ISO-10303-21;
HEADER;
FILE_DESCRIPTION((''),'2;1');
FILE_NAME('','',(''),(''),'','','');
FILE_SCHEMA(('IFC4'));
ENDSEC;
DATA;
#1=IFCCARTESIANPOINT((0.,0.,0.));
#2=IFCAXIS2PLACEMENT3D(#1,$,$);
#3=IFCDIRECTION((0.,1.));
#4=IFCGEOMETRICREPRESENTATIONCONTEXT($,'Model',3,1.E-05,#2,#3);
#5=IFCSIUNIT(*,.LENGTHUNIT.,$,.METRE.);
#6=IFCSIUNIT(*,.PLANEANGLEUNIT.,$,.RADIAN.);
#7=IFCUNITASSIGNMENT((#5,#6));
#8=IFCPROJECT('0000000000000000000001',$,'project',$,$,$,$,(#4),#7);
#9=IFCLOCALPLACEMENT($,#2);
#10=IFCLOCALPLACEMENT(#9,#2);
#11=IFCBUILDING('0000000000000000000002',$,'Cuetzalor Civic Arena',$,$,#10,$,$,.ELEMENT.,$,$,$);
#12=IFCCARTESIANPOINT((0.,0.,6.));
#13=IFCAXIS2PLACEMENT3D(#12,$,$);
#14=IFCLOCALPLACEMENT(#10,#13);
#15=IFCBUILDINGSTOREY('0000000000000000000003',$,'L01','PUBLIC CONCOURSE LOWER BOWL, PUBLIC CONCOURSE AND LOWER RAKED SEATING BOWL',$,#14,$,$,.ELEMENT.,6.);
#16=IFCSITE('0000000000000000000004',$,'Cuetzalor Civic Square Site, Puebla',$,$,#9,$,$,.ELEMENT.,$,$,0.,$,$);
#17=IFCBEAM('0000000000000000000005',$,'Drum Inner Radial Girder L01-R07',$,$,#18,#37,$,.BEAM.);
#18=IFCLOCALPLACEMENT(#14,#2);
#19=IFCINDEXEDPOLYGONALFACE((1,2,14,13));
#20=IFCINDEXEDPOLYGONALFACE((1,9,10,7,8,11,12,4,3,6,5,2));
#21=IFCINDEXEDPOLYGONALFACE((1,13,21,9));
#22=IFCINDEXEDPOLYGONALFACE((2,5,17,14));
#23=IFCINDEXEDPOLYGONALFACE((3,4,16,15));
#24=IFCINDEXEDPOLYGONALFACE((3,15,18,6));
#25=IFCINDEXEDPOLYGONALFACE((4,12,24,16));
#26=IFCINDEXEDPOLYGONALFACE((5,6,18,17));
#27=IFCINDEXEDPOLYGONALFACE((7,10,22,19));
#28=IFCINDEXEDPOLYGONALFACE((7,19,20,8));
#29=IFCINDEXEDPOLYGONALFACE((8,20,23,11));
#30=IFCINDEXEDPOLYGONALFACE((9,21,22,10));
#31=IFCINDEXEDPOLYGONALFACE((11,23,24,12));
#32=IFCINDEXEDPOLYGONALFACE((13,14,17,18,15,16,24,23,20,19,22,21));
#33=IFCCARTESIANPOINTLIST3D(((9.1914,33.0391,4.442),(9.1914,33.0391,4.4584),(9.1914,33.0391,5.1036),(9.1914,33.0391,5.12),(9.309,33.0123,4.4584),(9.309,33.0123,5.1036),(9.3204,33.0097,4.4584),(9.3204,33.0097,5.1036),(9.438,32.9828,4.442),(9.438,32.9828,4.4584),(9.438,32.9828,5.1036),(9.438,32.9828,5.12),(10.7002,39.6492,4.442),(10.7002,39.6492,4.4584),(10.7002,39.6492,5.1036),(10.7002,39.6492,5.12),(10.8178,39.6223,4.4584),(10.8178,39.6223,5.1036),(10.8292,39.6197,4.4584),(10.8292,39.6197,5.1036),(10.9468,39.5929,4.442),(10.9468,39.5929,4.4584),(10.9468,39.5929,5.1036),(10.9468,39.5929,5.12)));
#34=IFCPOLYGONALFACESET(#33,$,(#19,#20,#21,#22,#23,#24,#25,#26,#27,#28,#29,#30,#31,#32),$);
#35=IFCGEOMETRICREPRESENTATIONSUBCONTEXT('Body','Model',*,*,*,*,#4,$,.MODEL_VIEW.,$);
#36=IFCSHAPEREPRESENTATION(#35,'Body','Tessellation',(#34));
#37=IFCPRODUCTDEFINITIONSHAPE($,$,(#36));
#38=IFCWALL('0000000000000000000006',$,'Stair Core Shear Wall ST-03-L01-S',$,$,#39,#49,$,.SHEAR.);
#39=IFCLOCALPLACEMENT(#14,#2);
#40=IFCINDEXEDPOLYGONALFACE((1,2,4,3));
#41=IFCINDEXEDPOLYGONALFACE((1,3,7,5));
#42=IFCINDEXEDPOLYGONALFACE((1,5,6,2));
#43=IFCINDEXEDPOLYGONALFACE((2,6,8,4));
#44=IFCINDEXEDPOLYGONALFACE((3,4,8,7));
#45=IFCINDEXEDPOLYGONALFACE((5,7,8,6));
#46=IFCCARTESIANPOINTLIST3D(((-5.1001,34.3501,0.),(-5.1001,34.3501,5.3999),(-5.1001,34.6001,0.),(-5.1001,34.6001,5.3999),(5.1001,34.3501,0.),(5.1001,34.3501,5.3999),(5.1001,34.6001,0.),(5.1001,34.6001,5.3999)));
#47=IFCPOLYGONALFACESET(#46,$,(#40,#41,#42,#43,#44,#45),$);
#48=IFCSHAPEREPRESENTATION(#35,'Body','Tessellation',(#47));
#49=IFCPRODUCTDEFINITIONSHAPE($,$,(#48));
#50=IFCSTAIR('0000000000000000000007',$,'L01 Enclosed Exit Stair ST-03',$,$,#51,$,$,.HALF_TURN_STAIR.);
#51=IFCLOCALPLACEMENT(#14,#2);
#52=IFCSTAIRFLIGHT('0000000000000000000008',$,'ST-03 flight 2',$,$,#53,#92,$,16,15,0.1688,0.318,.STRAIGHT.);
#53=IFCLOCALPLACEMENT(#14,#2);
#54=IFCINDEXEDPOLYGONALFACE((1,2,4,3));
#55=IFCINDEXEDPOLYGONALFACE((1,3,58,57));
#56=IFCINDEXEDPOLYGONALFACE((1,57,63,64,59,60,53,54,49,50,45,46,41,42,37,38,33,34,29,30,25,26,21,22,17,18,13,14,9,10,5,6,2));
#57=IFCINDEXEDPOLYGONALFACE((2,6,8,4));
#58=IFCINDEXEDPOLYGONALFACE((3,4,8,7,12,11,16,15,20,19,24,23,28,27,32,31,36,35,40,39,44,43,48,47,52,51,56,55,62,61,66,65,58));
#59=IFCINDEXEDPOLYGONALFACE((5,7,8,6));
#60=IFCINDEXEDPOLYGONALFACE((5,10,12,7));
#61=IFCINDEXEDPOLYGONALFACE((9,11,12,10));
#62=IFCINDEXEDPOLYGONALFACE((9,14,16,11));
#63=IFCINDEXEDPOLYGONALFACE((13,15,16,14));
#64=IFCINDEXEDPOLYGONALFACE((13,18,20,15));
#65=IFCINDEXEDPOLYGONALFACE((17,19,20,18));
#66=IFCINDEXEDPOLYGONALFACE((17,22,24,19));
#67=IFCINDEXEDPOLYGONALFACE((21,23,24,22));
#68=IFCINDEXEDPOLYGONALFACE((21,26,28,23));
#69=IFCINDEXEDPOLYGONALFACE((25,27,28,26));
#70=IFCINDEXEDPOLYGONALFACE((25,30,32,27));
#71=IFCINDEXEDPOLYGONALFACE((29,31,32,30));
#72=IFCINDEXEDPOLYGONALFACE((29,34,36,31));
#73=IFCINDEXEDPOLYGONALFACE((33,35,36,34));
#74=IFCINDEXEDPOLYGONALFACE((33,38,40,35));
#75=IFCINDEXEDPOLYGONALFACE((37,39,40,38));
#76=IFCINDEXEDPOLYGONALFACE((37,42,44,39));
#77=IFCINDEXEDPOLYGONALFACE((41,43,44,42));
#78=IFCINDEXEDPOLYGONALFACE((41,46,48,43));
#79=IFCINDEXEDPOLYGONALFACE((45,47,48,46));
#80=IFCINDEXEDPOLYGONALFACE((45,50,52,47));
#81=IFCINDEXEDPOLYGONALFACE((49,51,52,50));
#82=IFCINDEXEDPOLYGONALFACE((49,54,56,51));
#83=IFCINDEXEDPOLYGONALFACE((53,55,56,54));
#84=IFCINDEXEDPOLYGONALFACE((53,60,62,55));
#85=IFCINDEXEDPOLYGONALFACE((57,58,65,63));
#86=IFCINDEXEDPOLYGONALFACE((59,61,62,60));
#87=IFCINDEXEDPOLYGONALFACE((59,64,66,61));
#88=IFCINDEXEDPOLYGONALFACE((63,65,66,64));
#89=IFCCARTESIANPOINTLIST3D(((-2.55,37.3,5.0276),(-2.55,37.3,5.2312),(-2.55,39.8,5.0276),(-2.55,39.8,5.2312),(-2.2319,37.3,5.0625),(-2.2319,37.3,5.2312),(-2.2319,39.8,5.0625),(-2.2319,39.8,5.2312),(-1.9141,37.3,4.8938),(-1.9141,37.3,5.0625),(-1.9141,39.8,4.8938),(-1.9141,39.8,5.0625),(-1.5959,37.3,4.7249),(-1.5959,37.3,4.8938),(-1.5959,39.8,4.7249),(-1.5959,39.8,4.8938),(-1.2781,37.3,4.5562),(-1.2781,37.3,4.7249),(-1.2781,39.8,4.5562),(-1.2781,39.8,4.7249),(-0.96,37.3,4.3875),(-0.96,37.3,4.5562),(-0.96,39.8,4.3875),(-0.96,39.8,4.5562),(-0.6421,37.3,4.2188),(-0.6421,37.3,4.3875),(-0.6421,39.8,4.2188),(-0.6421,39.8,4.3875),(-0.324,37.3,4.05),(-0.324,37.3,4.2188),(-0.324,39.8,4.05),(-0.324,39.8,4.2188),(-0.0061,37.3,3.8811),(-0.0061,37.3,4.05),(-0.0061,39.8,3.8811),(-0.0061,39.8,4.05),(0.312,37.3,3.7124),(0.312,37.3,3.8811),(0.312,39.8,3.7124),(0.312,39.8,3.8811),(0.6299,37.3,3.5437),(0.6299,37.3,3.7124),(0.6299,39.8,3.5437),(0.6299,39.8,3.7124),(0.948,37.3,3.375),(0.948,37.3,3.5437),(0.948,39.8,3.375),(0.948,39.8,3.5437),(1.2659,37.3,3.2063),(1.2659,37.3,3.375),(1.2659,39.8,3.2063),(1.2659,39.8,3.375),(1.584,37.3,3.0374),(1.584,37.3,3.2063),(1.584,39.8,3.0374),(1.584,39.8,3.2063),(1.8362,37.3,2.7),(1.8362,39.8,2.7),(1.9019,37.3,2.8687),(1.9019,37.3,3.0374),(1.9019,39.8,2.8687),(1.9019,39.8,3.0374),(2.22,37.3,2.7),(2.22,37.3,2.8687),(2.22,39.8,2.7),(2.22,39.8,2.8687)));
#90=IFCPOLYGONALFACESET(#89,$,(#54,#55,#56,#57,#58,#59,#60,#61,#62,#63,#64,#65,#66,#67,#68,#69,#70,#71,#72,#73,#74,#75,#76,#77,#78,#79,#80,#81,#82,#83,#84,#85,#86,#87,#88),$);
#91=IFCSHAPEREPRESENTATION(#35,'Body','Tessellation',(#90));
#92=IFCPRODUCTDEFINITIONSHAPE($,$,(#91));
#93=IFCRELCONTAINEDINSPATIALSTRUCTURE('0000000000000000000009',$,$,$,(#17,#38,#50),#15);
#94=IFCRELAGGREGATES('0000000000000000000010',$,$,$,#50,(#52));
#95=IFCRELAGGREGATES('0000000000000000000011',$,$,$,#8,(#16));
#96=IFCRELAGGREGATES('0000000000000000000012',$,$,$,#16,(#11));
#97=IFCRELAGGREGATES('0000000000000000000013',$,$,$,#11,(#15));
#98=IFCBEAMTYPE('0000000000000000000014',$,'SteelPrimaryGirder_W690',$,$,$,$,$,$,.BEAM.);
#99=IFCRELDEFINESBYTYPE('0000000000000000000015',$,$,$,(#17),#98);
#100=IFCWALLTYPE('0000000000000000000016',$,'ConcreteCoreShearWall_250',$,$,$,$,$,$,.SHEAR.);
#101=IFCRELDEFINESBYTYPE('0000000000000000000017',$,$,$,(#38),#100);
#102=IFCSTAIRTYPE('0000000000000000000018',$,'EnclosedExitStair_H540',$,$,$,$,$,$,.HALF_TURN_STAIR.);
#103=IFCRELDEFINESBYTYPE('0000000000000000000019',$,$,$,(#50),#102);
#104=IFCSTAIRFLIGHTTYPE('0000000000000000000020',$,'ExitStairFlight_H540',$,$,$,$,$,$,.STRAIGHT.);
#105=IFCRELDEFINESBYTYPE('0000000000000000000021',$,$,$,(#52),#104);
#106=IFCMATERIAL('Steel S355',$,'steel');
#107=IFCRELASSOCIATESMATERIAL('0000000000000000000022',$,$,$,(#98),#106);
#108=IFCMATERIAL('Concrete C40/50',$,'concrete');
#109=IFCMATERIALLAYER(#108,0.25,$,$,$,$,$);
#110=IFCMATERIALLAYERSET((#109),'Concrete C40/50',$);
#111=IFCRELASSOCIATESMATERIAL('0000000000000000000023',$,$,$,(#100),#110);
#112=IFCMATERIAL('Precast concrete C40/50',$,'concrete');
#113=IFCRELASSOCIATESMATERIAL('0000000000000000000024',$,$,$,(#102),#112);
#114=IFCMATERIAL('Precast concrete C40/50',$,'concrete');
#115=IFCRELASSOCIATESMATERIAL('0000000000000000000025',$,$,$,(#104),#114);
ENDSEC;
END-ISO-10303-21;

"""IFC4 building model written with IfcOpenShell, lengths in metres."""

from ifc_helpers import new_model, si_unit, direction, frame, frame_2d, origin, origin_2d, place, context, subcontext, project, spatial, polyline, rectangle, i_section, outline, extrude, material, layer, layer_set, material_profile, profile_set, type_object, element, aggregate, save


model = new_model("IFC4")

# Units and contexts
model_context = context("Model", 3, precision=1e-05, world=origin(), true_north=direction((0.0, 1.0)))
body_context = subcontext(model_context, "Body", "Model", "MODEL_VIEW")
ifc_project = project(units=[si_unit("LENGTHUNIT", "METRE"), si_unit("PLANEANGLEUNIT", "RADIAN")], contexts=[model_context])

# Site, building, storey
site_placement = place(None, origin())
site = spatial("IfcSite", under=ifc_project, at=site_placement, Name="Cuetzalor Civic Square Site, Puebla", CompositionType="ELEMENT", RefElevation=0.0)
building_placement = place(site_placement, origin())
building = spatial("IfcBuilding", under=site, at=building_placement, Name="Cuetzalor Civic Arena", CompositionType="ELEMENT")
storey_placement = place(building_placement, frame((0.0, 0.0, 6.0)))
storey = spatial("IfcBuildingStorey", under=building, at=storey_placement, Name="L01", Description="PUBLIC CONCOURSE LOWER BOWL, PUBLIC CONCOURSE AND LOWER RAKED SEATING BOWL", CompositionType="ELEMENT", Elevation=6.0)

# Beam
ifc_material_1 = material(Name="Steel S355", Category="steel")
ifc_material_profile_1 = material_profile(ifc_material_1, i_section(OverallWidth=0.2529, OverallDepth=0.678, WebThickness=0.0117, FlangeThickness=0.0164, at=origin_2d()), Name="W690x125")
ifc_profile_set_1 = profile_set([ifc_material_profile_1], Name="Steel S355")
beam_type_1 = type_object("IfcBeamType", Name="SteelPrimaryGirder_W690", PredefinedType="BEAM", material=ifc_profile_set_1)
for number, where, z_axis, x_axis, name in (
    (1, (9.3147, 33.011, 4.781), (0.222531, 0.974926, 0.0), (-0.974926, 0.222531, 0.0), "Drum Inner Radial Girder L01-R07"),
):
    element("IfcBeam", number, at=place(storey_placement, frame(where, z_axis=z_axis, x_axis=x_axis)), inside=storey, type_object=beam_type_1, Name=name, PredefinedType="BEAM", context=body_context, shape_type="SweptSolid", body=[
        extrude(i_section(OverallWidth=0.2529, OverallDepth=0.678, WebThickness=0.0117, FlangeThickness=0.0164, at=origin_2d()), origin(), (0.0, 0.0, 1.0), 6.78),
    ])

# Wall
ifc_material_2 = material(Name="Concrete C40/50", Category="concrete")
ifc_layer = layer(ifc_material_2, 0.25)
ifc_layer_set = layer_set([ifc_layer], Name="Concrete C40/50")
wall_type = type_object("IfcWallType", Name="ConcreteCoreShearWall_250", PredefinedType="SHEAR", material=ifc_layer_set)
wall_placement = place(storey_placement, frame((5.1001, 34.4751, 0.0), z_axis=(0.0, 0.0, 1.0), x_axis=(-1.0, 0.0, 0.0)))
element("IfcWall", 2, at=wall_placement, inside=storey, type_object=wall_type, Name="Stair Core Shear Wall ST-03-L01-S", PredefinedType="SHEAR", context=body_context, shape_type="SweptSolid", body=[
    extrude(rectangle(XDim=10.2002, YDim=0.25, at=frame_2d((5.1001, 0.0))), origin(), (0.0, 0.0, 1.0), 5.3999),
])

# Stair, stair flight
ifc_material_3 = material(Name="Precast concrete C40/50", Category="concrete")
stair_type = type_object("IfcStairType", Name="EnclosedExitStair_H540", PredefinedType="HALF_TURN_STAIR", material=ifc_material_3)
stair_placement = place(storey_placement, origin())
stair = element("IfcStair", 3, at=stair_placement, inside=storey, type_object=stair_type, Name="L01 Enclosed Exit Stair ST-03", PredefinedType="HALF_TURN_STAIR")
ifc_material_4 = material(Name="Precast concrete C40/50", Category="concrete")
stair_flight_type = type_object("IfcStairFlightType", Name="ExitStairFlight_H540", PredefinedType="STRAIGHT", material=ifc_material_4)
stair_flight_placement = place(storey_placement, frame((2.22, 38.55, 2.7), z_axis=(0.0, 0.0, 1.0), x_axis=(-1.0, 0.0, 0.0)))
stair_flight = element("IfcStairFlight", 4, at=stair_flight_placement, type_object=stair_flight_type, Name="ST-03 flight 2", NumberOfRisers=16, NumberOfTreads=15, PredefinedType="STRAIGHT", RiserHeight=0.1688, TreadLength=0.318, context=body_context, shape_type="SweptSolid", body=[
    extrude(outline(polyline([(0.0, 0.0), (0.0, 0.1687), (0.3181, 0.1687), (0.3181, 0.3374), (0.636, 0.3374), (0.636, 0.5063), (0.9541, 0.5063), (0.9541, 0.675), (1.272, 0.675), (1.272, 0.8438), (1.5901, 0.8438), (1.5901, 1.0125), (1.908, 1.0125), (1.908, 1.1812), (2.2261, 1.1812), (2.2261, 1.3501), (2.5439, 1.3501), (2.5439, 1.5188), (2.8621, 1.5188), (2.8621, 1.6875), (3.1799, 1.6875), (3.1799, 1.8562), (3.498, 1.8562), (3.498, 2.0249), (3.8159, 2.0249), (3.8159, 2.1938), (4.134, 2.1938), (4.134, 2.3625), (4.4519, 2.3625), (4.4519, 2.5312), (4.77, 2.5312), (4.77, 2.7), (4.77, 2.3276), (0.3838, 0.0), (0.0, 0.0)])), frame((0.0, 1.25, 0.0), z_axis=(0.0, -1.0, 0.0), x_axis=(1.0, 0.0, 0.0)), (0.0, 0.0, 1.0), 2.5),
])
aggregate(stair, [stair_flight])

save(model, "model.ifc")
